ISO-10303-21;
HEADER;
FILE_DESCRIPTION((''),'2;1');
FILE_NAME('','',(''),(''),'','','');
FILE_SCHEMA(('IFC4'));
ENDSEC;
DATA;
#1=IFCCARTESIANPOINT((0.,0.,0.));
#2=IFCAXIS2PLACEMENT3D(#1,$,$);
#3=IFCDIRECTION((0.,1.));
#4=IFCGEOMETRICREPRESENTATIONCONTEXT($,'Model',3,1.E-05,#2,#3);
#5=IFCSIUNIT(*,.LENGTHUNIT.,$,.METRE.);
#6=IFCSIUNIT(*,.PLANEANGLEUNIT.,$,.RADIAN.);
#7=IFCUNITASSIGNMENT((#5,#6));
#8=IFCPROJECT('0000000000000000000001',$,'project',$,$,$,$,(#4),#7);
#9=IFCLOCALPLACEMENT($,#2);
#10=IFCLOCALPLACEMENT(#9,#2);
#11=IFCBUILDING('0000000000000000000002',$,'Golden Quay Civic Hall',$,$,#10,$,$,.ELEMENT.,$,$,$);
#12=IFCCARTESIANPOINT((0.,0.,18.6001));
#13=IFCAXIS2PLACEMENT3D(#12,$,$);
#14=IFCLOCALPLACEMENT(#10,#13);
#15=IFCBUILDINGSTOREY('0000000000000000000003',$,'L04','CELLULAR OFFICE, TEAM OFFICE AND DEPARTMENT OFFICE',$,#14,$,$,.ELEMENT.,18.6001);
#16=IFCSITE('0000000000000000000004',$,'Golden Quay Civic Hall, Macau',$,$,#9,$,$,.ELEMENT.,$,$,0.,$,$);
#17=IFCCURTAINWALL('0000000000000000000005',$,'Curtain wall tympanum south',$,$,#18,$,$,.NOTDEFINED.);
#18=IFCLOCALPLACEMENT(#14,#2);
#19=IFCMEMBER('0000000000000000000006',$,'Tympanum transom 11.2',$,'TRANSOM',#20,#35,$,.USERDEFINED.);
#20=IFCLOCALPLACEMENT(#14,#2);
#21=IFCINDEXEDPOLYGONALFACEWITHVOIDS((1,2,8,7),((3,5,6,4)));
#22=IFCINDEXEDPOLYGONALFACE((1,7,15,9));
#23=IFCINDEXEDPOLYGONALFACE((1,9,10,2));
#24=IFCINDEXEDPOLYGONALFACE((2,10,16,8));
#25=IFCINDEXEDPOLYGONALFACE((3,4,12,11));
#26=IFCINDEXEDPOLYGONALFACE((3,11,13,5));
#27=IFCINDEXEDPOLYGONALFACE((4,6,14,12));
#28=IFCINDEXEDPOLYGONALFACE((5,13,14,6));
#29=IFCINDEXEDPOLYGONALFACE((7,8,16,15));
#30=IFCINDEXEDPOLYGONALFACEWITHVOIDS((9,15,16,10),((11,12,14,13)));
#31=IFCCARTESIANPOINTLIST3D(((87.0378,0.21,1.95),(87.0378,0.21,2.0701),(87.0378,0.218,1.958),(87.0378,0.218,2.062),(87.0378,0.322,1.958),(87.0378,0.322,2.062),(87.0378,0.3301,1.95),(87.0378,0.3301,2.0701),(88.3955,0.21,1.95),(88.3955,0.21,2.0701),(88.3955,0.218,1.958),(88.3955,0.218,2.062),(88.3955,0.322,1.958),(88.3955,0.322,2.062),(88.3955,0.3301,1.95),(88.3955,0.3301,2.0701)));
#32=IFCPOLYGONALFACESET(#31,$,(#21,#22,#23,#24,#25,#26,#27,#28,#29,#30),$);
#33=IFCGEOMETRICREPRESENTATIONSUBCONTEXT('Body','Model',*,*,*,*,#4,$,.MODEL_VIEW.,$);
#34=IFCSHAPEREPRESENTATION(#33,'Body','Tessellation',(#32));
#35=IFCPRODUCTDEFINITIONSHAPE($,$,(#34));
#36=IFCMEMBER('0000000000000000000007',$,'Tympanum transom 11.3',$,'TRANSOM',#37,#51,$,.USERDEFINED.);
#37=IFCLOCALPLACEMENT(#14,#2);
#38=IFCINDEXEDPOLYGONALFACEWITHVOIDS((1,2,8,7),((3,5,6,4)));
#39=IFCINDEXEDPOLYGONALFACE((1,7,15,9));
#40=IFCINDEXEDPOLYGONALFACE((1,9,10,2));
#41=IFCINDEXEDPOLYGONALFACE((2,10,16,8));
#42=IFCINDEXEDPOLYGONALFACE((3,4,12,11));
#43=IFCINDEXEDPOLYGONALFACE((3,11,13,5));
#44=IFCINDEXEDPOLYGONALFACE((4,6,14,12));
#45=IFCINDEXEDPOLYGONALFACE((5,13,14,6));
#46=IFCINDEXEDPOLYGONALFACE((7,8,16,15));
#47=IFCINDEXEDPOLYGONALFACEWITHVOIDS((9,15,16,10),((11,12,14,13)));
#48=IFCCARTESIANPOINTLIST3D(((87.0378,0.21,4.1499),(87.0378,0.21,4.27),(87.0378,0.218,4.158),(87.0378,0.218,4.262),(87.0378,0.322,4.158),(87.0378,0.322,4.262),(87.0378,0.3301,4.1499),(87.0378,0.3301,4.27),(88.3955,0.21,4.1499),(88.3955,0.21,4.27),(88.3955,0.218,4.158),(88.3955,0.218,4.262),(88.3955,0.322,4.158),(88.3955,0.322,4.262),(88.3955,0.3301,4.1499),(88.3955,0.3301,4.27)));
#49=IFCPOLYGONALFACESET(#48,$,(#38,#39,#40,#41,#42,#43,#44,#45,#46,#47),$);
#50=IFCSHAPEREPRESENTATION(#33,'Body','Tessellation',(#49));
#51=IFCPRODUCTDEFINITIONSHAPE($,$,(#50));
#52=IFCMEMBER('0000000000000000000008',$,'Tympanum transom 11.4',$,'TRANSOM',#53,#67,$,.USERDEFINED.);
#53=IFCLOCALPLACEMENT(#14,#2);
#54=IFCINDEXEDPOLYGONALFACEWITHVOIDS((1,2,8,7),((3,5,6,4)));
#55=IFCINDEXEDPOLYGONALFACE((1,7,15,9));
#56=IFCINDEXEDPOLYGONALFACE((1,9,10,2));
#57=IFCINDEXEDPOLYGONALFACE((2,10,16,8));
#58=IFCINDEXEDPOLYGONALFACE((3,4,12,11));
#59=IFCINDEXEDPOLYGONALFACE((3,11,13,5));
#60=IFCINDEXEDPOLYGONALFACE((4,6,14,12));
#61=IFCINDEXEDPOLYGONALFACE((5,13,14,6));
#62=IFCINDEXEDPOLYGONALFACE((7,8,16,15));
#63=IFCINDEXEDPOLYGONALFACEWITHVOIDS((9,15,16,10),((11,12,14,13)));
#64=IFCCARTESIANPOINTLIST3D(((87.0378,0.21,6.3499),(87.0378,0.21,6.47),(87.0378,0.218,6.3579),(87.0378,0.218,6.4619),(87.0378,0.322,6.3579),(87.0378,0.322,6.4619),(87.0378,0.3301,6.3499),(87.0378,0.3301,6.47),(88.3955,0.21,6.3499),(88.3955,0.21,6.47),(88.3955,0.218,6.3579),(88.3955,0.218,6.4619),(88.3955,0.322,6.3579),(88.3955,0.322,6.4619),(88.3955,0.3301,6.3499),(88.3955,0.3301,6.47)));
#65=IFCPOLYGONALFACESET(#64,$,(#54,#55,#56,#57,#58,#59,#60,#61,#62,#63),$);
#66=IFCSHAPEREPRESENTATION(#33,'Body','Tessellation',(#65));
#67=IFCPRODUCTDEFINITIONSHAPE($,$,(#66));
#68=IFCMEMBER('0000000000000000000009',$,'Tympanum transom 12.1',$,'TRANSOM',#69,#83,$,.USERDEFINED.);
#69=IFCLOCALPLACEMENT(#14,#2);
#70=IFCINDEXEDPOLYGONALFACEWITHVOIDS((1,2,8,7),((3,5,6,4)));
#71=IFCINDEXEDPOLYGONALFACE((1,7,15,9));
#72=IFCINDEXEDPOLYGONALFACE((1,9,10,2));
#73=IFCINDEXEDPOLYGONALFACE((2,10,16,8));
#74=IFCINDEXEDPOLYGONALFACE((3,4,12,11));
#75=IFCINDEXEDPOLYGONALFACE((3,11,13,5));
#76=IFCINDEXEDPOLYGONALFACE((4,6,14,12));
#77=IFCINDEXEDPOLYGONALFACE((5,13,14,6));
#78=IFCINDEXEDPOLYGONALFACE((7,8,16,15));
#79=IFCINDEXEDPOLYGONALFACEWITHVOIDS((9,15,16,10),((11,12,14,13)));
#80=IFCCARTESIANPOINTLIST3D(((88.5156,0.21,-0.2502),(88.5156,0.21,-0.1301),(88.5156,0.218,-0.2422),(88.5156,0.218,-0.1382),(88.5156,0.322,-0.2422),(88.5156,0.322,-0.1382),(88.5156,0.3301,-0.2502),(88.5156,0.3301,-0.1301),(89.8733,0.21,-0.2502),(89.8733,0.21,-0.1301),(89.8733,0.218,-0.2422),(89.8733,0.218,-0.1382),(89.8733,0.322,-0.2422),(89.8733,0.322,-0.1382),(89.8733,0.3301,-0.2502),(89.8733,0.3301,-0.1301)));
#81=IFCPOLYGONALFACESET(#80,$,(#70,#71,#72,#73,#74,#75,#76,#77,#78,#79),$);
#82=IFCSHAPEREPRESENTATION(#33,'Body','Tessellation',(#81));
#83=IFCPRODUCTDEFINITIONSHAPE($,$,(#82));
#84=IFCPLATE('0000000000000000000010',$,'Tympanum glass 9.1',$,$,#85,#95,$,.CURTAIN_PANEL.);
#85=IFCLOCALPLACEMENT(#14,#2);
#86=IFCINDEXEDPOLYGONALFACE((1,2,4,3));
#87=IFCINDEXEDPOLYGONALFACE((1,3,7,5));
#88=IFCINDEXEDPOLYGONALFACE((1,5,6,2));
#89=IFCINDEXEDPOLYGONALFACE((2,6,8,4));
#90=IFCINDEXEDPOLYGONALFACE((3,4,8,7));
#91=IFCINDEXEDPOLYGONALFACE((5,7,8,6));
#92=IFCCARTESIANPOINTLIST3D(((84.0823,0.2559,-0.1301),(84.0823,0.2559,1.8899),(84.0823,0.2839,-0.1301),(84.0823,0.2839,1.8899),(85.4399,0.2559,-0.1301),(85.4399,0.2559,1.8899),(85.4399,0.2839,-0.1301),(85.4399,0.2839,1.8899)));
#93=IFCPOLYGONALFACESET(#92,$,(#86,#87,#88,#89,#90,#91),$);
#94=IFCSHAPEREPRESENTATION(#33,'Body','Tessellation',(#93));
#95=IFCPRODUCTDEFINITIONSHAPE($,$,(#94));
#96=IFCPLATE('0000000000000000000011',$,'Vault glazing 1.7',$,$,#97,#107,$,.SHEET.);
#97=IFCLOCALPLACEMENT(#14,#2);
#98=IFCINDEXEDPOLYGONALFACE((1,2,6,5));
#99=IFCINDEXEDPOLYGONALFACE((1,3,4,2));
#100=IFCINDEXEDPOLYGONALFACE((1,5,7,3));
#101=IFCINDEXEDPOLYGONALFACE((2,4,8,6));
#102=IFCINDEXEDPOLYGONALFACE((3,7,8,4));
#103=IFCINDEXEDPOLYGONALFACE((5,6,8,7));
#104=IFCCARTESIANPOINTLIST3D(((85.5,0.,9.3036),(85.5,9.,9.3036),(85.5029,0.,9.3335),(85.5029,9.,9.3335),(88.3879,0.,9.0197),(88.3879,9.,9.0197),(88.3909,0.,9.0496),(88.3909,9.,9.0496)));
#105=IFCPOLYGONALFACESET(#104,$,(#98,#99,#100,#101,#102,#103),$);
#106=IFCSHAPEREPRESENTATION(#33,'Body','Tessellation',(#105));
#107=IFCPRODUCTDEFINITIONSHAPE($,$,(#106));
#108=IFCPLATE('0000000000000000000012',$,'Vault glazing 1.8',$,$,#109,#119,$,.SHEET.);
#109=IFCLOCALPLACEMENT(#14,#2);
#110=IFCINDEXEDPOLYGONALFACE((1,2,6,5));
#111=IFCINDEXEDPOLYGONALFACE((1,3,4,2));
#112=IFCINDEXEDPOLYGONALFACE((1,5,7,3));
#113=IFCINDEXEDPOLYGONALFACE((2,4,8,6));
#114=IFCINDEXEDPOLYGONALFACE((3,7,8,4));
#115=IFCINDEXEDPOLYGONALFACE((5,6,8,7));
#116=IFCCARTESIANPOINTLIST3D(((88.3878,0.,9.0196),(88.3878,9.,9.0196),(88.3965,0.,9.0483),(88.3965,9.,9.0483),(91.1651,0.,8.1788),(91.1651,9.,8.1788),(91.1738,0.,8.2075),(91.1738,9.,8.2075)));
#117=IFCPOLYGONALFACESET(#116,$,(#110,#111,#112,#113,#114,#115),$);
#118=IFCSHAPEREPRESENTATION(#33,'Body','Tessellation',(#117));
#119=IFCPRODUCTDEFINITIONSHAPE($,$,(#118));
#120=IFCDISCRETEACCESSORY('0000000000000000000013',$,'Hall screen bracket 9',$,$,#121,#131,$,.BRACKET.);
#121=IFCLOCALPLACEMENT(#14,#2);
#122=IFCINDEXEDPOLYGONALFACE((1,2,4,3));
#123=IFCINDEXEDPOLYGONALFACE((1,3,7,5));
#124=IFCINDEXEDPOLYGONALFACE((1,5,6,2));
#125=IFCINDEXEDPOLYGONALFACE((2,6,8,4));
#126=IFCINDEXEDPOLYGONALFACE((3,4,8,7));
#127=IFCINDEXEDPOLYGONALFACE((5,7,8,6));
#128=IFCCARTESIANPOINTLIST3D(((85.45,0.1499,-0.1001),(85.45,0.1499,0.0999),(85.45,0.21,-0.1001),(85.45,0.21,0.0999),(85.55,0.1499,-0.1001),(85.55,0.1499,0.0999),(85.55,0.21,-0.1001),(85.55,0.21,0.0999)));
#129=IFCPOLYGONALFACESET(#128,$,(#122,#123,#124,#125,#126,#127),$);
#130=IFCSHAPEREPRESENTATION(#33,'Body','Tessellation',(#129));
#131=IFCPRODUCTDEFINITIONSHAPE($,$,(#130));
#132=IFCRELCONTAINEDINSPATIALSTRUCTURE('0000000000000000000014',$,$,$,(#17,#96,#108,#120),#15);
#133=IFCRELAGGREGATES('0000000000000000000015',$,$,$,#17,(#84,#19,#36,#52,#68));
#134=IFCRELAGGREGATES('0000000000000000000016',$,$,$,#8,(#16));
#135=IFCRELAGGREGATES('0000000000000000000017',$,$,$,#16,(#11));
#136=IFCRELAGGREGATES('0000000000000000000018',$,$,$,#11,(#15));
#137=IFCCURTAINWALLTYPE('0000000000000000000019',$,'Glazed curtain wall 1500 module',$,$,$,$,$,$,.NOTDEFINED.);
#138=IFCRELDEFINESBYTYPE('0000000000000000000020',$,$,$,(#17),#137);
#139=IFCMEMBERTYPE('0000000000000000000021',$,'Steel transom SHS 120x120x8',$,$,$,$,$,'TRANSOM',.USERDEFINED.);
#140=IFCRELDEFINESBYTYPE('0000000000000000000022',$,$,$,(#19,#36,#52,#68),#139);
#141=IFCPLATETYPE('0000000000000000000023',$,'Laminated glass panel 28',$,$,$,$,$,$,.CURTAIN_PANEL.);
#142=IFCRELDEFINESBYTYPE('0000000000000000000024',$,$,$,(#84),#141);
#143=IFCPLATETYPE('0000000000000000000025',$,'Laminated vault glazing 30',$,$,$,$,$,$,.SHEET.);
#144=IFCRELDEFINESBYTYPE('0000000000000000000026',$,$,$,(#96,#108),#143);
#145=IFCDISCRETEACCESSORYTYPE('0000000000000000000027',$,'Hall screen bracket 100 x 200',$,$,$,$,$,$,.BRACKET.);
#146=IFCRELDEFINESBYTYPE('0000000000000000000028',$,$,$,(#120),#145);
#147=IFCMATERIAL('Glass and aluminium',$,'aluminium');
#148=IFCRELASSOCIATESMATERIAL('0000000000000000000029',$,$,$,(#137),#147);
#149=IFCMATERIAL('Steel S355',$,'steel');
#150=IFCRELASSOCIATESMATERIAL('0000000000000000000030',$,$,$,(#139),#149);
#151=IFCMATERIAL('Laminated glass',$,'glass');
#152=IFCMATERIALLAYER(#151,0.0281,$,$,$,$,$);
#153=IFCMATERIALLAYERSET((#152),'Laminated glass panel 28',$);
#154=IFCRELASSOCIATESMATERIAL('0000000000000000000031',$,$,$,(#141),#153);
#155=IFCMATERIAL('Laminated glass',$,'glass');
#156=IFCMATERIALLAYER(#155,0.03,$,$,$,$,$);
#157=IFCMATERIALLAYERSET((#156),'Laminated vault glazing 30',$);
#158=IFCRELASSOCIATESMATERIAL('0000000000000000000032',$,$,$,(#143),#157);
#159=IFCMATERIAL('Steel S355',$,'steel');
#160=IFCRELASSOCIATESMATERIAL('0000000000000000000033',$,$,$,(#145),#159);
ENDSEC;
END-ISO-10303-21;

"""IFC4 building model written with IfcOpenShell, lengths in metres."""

from ifc_helpers import new_model, si_unit, direction, frame, origin, origin_2d, place, context, subcontext, project, spatial, polyline, rectangle, hollow_rectangle, outline, extrude, material, layer, layer_set, material_profile, profile_set, type_object, element, aggregate, save


model = new_model("IFC4")

# Units and contexts
model_context = context("Model", 3, precision=1e-05, world=origin(), true_north=direction((0.0, 1.0)))
body_context = subcontext(model_context, "Body", "Model", "MODEL_VIEW")
ifc_project = project(units=[si_unit("LENGTHUNIT", "METRE"), si_unit("PLANEANGLEUNIT", "RADIAN")], contexts=[model_context])

# Site, building, storey
site_placement = place(None, origin())
site = spatial("IfcSite", under=ifc_project, at=site_placement, Name="Golden Quay Civic Hall, Macau", CompositionType="ELEMENT", RefElevation=0.0)
building_placement = place(site_placement, origin())
building = spatial("IfcBuilding", under=site, at=building_placement, Name="Golden Quay Civic Hall", CompositionType="ELEMENT")
storey_placement = place(building_placement, frame((0.0, 0.0, 18.6001)))
storey = spatial("IfcBuildingStorey", under=building, at=storey_placement, Name="L04", Description="CELLULAR OFFICE, TEAM OFFICE AND DEPARTMENT OFFICE", CompositionType="ELEMENT", Elevation=18.6001)

# Curtain wall
ifc_material_1 = material(Name="Glass and aluminium", Category="aluminium")
curtain_wall_type = type_object("IfcCurtainWallType", Name="Glazed curtain wall 1500 module", PredefinedType="NOTDEFINED", material=ifc_material_1)
curtain_wall_placement = place(storey_placement, origin())
curtain_wall = element("IfcCurtainWall", 1, at=curtain_wall_placement, inside=storey, type_object=curtain_wall_type, Name="Curtain wall tympanum south", PredefinedType="NOTDEFINED")

# Members
ifc_material_2 = material(Name="Steel S355", Category="steel")
ifc_material_profile_1 = material_profile(ifc_material_2, hollow_rectangle(XDim=0.1201, YDim=0.1201, WallThickness=0.0081, at=origin_2d()), Name="SHS 120x120x8")
ifc_profile_set_1 = profile_set([ifc_material_profile_1], Name="Steel S355")
member_type_1 = type_object("IfcMemberType", Name="Steel transom SHS 120x120x8", ElementType="TRANSOM", PredefinedType="USERDEFINED", material=ifc_profile_set_1)
member_1_placement = place(storey_placement, frame((87.0378, 0.27, 2.01), z_axis=(1.0, 0.0, 0.0), x_axis=(0.0, 1.0, 0.0)))
member_1 = element("IfcMember", 2, at=member_1_placement, type_object=member_type_1, Name="Tympanum transom 11.2", ObjectType="TRANSOM", PredefinedType="USERDEFINED", context=body_context, shape_type="SweptSolid", body=[
    extrude(hollow_rectangle(XDim=0.1201, YDim=0.1201, WallThickness=0.0081, at=origin_2d()), origin(), (0.0, 0.0, 1.0), 1.3577),
])
member_2_placement = place(storey_placement, frame((87.0378, 0.27, 4.21), z_axis=(1.0, 0.0, 0.0), x_axis=(0.0, 1.0, 0.0)))
member_2 = element("IfcMember", 3, at=member_2_placement, type_object=member_type_1, Name="Tympanum transom 11.3", ObjectType="TRANSOM", PredefinedType="USERDEFINED", context=body_context, shape_type="SweptSolid", body=[
    extrude(hollow_rectangle(XDim=0.1201, YDim=0.1201, WallThickness=0.0081, at=origin_2d()), origin(), (0.0, 0.0, 1.0), 1.3577),
])
member_3_placement = place(storey_placement, frame((87.0378, 0.27, 6.4099), z_axis=(1.0, 0.0, 0.0), x_axis=(0.0, 1.0, 0.0)))
member_3 = element("IfcMember", 4, at=member_3_placement, type_object=member_type_1, Name="Tympanum transom 11.4", ObjectType="TRANSOM", PredefinedType="USERDEFINED", context=body_context, shape_type="SweptSolid", body=[
    extrude(hollow_rectangle(XDim=0.1201, YDim=0.1201, WallThickness=0.0081, at=origin_2d()), origin(), (0.0, 0.0, 1.0), 1.3577),
])
member_4_placement = place(storey_placement, frame((88.5156, 0.27, -0.1902), z_axis=(1.0, 0.0, 0.0), x_axis=(0.0, 1.0, 0.0)))
member_4 = element("IfcMember", 5, at=member_4_placement, type_object=member_type_1, Name="Tympanum transom 12.1", ObjectType="TRANSOM", PredefinedType="USERDEFINED", context=body_context, shape_type="SweptSolid", body=[
    extrude(hollow_rectangle(XDim=0.1201, YDim=0.1201, WallThickness=0.0081, at=origin_2d()), origin(), (0.0, 0.0, 1.0), 1.3577),
])

# Plate
ifc_material_3 = material(Name="Laminated glass", Category="glass")
ifc_layer_1 = layer(ifc_material_3, 0.0281)
ifc_layer_set_1 = layer_set([ifc_layer_1], Name="Laminated glass panel 28")
plate_type_1 = type_object("IfcPlateType", Name="Laminated glass panel 28", PredefinedType="CURTAIN_PANEL", material=ifc_layer_set_1)
plate_1_placement = place(storey_placement, frame((85.4399, 0.2839, -0.1301), z_axis=(0.0, 1.0, 0.0), x_axis=(-1.0, 0.0, 0.0)))
plate_1 = element("IfcPlate", 6, at=plate_1_placement, type_object=plate_type_1, Name="Tympanum glass 9.1", PredefinedType="CURTAIN_PANEL", context=body_context, shape_type="SweptSolid", body=[
    extrude(outline(polyline([(0.0, 0.0), (1.3577, 0.0), (1.3577, 2.02), (0.0, 2.02), (0.0, 0.0)])), origin(), (0.0, 0.0, -1.0), 0.0281),
])
aggregate(curtain_wall, [plate_1, member_1, member_2, member_3, member_4])

# Plates
ifc_material_4 = material(Name="Laminated glass", Category="glass")
ifc_layer_2 = layer(ifc_material_4, 0.03)
ifc_layer_set_2 = layer_set([ifc_layer_2], Name="Laminated vault glazing 30")
plate_type_2 = type_object("IfcPlateType", Name="Laminated vault glazing 30", PredefinedType="SHEET", material=ifc_layer_set_2)
plate_2_placement = place(storey_placement, frame((85.5029, 0.0, 9.3335), z_axis=(0.097846, 0.0, 0.995202), x_axis=(0.995202, 0.0, -0.097846)))
element("IfcPlate", 7, at=plate_2_placement, inside=storey, type_object=plate_type_2, Name="Vault glazing 1.7", PredefinedType="SHEET", context=body_context, shape_type="SweptSolid", body=[
    extrude(outline(polyline([(0.0, 0.0), (2.9019, 0.0), (2.9019, 9.0), (0.0, 9.0), (0.0, 0.0)])), origin(), (0.0, 0.0, -1.0), 0.03),
])
plate_3_placement = place(storey_placement, frame((88.3965, 0.0, 9.0483), z_axis=(0.289755, 0.0, 0.957101), x_axis=(0.957101, 0.0, -0.289755)))
element("IfcPlate", 8, at=plate_3_placement, inside=storey, type_object=plate_type_2, Name="Vault glazing 1.8", PredefinedType="SHEET", context=body_context, shape_type="SweptSolid", body=[
    extrude(outline(polyline([(0.0, 0.0), (2.9018, 0.0), (2.9018, 9.0), (0.0, 9.0), (0.0, 0.0)])), origin(), (0.0, 0.0, -1.0), 0.03),
])

# Discrete accessory
ifc_material_5 = material(Name="Steel S355", Category="steel")
discrete_accessory_type = type_object("IfcDiscreteAccessoryType", Name="Hall screen bracket 100 x 200", PredefinedType="BRACKET", material=ifc_material_5)
discrete_accessory_placement = place(storey_placement, frame((85.5, 0.1799, -0.1001), z_axis=(0.0, 0.0, 1.0), x_axis=(1.0, 0.0, 0.0)))
element("IfcDiscreteAccessory", 9, at=discrete_accessory_placement, inside=storey, type_object=discrete_accessory_type, Name="Hall screen bracket 9", PredefinedType="BRACKET", context=body_context, shape_type="SweptSolid", body=[
    extrude(rectangle(XDim=0.1001, YDim=0.0601, at=origin_2d()), origin(), (0.0, 0.0, 1.0), 0.2),
])

save(model, "model.ifc")
